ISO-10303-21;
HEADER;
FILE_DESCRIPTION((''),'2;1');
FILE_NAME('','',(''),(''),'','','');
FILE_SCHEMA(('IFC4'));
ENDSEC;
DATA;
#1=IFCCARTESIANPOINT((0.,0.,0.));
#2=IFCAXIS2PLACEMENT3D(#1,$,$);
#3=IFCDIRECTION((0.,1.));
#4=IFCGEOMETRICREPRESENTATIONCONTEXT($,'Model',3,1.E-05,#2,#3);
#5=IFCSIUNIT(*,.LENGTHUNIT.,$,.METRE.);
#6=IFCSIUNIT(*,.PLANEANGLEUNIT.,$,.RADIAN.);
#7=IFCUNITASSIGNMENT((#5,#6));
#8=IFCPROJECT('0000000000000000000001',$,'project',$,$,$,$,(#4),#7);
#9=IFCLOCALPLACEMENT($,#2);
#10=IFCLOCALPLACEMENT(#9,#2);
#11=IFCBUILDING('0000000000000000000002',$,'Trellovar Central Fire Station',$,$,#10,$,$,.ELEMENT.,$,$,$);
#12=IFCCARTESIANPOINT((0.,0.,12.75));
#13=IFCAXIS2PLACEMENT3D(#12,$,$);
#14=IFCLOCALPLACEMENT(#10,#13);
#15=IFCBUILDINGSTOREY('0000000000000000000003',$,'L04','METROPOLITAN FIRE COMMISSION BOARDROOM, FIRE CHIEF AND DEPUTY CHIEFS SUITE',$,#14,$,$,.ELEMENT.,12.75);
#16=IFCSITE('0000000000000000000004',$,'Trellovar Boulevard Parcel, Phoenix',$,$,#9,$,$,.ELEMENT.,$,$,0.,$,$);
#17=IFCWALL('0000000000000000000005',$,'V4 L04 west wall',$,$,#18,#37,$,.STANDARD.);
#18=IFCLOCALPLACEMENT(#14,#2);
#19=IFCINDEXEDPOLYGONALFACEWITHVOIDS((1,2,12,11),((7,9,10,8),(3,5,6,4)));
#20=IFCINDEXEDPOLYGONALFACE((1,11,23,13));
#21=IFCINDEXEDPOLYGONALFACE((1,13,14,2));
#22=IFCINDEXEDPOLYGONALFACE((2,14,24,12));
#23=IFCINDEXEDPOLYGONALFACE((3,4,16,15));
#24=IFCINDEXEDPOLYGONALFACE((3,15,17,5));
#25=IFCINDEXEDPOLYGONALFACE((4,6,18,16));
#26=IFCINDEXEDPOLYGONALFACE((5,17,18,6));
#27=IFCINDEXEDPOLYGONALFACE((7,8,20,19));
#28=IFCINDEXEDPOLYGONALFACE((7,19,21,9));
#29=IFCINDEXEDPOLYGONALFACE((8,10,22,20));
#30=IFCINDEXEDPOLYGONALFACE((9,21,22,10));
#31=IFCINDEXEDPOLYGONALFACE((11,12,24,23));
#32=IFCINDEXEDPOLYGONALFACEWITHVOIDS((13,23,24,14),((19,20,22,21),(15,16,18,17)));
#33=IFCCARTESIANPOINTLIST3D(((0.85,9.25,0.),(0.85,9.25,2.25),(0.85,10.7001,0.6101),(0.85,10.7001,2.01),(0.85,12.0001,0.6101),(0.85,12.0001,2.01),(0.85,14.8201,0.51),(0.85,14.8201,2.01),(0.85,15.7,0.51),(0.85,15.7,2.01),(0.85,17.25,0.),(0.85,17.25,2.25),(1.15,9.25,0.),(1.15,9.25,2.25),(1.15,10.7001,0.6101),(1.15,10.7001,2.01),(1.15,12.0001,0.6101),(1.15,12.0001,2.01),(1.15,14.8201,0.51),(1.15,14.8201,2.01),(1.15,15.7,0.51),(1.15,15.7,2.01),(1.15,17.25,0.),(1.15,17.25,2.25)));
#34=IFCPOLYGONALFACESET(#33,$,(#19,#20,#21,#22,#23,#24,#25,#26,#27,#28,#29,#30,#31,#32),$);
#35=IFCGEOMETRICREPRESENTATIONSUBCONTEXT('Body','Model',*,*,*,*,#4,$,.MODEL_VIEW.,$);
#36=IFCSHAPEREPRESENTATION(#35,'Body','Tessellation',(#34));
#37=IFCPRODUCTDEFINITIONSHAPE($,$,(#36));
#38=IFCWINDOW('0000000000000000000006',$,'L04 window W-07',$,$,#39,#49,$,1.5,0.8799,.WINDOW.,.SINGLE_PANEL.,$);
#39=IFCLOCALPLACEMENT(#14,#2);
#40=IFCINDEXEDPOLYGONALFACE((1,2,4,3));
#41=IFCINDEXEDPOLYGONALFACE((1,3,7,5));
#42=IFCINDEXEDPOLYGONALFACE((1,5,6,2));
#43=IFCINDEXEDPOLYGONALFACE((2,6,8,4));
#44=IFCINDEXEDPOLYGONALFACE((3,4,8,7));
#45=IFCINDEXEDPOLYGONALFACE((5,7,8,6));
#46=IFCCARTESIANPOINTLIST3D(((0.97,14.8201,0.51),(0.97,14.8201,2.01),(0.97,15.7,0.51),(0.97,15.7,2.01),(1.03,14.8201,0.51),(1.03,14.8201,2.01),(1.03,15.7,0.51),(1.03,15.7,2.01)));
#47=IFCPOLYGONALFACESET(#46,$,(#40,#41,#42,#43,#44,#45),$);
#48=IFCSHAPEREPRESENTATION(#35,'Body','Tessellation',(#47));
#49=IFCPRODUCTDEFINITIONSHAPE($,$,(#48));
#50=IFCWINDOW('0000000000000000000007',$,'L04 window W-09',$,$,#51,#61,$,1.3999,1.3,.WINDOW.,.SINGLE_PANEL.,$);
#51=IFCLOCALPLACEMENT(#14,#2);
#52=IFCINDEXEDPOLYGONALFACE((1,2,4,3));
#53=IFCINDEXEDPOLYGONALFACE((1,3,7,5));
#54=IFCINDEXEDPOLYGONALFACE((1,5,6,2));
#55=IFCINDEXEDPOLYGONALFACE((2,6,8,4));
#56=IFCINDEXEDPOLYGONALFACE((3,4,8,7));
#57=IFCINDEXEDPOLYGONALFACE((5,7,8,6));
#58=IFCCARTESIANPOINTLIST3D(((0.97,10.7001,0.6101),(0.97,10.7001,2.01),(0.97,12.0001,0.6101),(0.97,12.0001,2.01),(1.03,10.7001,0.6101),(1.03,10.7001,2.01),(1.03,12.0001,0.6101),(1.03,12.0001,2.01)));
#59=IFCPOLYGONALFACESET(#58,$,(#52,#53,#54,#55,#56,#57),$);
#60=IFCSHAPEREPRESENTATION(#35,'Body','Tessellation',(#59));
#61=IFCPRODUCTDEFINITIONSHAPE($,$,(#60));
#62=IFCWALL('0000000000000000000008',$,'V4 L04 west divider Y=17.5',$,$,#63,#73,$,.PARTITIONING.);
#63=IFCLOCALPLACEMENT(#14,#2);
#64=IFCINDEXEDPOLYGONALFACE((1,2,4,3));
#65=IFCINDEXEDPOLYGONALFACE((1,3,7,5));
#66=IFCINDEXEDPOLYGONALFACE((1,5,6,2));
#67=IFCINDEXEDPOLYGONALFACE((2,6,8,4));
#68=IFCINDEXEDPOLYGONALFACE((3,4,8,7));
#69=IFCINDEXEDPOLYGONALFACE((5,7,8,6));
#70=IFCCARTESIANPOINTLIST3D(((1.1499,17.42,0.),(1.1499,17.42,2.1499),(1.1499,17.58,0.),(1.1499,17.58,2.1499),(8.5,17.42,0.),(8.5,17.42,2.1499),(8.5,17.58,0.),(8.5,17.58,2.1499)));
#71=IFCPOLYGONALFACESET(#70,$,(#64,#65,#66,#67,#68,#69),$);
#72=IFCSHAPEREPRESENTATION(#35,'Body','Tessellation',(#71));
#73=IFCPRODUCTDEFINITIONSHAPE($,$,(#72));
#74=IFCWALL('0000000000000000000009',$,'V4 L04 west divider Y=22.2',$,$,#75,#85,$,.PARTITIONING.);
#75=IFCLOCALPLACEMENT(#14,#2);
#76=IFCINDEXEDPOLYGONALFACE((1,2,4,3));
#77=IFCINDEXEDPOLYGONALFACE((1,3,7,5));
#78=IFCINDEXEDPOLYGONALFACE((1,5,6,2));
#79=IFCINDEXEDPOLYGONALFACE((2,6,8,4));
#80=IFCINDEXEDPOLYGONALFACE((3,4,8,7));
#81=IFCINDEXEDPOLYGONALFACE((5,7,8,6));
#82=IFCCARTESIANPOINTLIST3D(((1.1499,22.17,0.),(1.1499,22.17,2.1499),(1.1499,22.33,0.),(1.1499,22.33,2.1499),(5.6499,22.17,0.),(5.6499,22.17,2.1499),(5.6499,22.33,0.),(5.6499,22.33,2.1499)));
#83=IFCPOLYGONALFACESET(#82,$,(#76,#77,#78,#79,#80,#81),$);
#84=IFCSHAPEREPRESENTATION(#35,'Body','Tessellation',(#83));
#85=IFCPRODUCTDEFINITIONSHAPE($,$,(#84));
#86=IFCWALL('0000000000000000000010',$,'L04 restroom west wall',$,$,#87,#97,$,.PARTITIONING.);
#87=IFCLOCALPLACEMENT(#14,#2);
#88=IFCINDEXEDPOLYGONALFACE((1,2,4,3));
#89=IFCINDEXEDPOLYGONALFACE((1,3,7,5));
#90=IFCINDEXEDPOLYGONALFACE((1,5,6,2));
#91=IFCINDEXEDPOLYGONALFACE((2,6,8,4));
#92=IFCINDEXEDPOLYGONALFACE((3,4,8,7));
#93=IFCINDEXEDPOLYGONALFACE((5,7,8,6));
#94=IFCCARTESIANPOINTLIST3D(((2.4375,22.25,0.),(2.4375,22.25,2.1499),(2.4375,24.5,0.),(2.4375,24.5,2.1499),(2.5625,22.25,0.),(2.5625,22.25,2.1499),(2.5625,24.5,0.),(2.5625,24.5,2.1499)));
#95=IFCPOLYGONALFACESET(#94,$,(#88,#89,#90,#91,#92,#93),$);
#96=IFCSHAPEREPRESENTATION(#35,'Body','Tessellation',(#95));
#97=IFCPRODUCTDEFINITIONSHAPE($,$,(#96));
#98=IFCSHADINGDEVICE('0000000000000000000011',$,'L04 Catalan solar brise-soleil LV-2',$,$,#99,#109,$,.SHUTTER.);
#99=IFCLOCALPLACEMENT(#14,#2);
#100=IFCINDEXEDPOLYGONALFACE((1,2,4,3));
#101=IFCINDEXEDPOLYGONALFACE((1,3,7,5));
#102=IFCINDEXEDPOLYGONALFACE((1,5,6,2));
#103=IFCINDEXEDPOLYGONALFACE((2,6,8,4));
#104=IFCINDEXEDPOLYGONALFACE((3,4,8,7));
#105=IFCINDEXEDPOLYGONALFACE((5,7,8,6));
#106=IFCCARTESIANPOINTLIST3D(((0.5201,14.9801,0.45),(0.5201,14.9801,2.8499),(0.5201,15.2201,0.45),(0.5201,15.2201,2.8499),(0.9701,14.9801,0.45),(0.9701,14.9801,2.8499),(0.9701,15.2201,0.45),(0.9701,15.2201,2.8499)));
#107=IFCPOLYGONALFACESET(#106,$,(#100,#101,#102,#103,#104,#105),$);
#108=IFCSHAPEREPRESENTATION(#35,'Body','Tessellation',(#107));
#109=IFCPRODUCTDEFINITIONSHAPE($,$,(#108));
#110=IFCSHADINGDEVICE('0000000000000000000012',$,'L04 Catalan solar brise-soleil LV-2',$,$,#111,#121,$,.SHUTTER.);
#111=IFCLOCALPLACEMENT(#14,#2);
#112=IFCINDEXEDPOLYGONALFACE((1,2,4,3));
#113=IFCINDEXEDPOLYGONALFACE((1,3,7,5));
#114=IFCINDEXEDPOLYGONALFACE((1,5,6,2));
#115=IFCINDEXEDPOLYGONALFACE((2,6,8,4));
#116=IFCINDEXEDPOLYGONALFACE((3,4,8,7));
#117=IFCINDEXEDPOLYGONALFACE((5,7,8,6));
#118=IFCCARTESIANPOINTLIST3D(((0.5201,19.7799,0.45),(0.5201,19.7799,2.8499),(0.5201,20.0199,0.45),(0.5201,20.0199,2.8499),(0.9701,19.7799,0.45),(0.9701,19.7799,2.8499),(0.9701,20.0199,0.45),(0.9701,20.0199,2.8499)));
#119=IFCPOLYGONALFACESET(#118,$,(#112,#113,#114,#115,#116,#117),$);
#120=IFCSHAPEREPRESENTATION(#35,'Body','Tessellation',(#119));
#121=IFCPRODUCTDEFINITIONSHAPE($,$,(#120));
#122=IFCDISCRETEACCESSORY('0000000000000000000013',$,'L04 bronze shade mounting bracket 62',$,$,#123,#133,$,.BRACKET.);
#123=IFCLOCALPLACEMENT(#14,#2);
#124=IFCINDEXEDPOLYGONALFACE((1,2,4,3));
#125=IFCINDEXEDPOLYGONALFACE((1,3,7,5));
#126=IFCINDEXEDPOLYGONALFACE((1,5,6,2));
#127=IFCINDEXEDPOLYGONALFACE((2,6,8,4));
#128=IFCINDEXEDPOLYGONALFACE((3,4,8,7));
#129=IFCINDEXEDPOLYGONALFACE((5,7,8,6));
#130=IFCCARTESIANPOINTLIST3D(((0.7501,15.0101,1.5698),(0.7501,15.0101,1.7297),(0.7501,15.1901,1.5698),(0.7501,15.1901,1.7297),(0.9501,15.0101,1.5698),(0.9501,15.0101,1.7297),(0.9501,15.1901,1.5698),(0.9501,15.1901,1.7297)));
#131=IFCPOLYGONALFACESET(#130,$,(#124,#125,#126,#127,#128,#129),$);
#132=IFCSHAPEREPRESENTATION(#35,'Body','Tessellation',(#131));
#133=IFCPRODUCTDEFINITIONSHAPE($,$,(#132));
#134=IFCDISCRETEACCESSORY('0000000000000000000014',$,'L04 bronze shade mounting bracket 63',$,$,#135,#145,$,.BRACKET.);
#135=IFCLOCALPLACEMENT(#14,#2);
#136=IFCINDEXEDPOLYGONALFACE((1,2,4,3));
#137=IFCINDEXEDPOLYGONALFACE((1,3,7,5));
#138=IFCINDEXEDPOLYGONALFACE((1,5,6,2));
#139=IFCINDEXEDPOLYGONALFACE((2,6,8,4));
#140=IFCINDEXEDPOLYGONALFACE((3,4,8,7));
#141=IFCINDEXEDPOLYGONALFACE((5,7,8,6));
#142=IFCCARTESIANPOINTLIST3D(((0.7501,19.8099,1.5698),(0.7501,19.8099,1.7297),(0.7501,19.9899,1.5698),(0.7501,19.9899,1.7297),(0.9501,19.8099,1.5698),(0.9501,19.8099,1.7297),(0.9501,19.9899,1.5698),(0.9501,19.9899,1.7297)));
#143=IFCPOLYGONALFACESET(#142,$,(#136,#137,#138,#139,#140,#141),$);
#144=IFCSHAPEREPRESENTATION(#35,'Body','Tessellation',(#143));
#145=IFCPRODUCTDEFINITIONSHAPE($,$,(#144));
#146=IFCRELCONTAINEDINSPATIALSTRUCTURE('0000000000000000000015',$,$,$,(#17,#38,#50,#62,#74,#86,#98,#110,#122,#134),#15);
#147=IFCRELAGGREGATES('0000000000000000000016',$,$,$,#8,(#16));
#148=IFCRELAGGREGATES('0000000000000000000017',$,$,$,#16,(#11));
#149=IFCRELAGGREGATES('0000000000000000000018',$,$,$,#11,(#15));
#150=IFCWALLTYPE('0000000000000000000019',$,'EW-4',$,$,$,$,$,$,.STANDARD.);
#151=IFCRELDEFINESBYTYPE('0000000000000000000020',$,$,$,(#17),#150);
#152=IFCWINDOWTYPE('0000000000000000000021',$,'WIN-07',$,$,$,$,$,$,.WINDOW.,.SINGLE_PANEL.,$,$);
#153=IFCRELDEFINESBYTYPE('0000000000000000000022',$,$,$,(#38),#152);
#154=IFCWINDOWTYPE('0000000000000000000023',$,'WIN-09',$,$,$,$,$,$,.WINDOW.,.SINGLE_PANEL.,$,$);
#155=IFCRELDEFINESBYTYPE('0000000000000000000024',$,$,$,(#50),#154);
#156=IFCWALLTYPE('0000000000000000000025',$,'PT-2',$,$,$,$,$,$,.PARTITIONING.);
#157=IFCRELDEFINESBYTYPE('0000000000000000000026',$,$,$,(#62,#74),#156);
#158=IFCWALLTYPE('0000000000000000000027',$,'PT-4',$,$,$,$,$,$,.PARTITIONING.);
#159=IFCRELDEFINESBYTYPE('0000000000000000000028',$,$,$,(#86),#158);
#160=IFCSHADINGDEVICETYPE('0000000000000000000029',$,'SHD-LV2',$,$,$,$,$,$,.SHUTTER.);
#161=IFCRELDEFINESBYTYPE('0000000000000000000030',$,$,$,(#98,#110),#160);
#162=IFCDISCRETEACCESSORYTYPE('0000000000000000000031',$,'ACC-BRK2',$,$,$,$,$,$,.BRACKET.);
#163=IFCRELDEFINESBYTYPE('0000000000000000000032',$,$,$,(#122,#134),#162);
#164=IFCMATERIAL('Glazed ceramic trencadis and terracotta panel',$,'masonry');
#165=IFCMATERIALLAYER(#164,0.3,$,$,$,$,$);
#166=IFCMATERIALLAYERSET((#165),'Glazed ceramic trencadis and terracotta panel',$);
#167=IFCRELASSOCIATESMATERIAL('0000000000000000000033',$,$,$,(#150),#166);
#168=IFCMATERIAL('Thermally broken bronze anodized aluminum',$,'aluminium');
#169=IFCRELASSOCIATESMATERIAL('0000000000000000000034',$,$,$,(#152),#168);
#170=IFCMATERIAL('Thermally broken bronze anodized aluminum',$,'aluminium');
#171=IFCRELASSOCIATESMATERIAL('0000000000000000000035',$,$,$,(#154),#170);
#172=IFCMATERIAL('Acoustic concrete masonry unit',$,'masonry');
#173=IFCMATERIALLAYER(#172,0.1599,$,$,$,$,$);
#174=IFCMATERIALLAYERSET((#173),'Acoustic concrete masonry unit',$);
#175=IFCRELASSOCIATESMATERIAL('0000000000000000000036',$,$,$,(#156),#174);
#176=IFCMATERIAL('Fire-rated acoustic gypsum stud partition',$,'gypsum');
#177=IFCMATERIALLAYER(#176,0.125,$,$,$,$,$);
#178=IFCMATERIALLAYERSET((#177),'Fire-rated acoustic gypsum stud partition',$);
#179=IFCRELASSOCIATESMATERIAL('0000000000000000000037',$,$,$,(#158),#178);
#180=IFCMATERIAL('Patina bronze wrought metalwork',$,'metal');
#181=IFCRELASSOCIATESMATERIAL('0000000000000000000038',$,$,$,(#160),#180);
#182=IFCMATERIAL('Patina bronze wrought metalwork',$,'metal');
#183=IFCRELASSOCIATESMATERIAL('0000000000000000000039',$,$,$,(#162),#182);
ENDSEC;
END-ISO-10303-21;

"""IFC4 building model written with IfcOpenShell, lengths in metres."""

from ifc_helpers import new_model, si_unit, direction, frame, frame_2d, origin, origin_2d, place, context, subcontext, project, spatial, rectangle, extrude, material, layer, layer_set, type_object, element, fill, save


model = new_model("IFC4")

# Units and contexts
model_context = context("Model", 3, precision=1e-05, world=origin(), true_north=direction((0.0, 1.0)))
body_context = subcontext(model_context, "Body", "Model", "MODEL_VIEW")
ifc_project = project(units=[si_unit("LENGTHUNIT", "METRE"), si_unit("PLANEANGLEUNIT", "RADIAN")], contexts=[model_context])

# Site, building, storey
site_placement = place(None, origin())
site = spatial("IfcSite", under=ifc_project, at=site_placement, Name="Trellovar Boulevard Parcel, Phoenix", CompositionType="ELEMENT", RefElevation=0.0)
building_placement = place(site_placement, origin())
building = spatial("IfcBuilding", under=site, at=building_placement, Name="Trellovar Central Fire Station", CompositionType="ELEMENT")
storey_placement = place(building_placement, frame((0.0, 0.0, 12.75)))
storey = spatial("IfcBuildingStorey", under=building, at=storey_placement, Name="L04", Description="METROPOLITAN FIRE COMMISSION BOARDROOM, FIRE CHIEF AND DEPUTY CHIEFS SUITE", CompositionType="ELEMENT", Elevation=12.75)

# Wall, openings, windows
ifc_material_1 = material(Name="Glazed ceramic trencadis and terracotta panel", Category="masonry")
ifc_layer_1 = layer(ifc_material_1, 0.3)
ifc_layer_set_1 = layer_set([ifc_layer_1], Name="Glazed ceramic trencadis and terracotta panel")
wall_type_1 = type_object("IfcWallType", Name="EW-4", PredefinedType="STANDARD", material=ifc_layer_set_1)
wall_1_placement = place(storey_placement, frame((1.0, 17.25, 0.0), z_axis=(0.0, 0.0, 1.0), x_axis=(0.0, -1.0, 0.0)))
wall_1 = element("IfcWall", 1, at=wall_1_placement, inside=storey, type_object=wall_type_1, Name="V4 L04 west wall", PredefinedType="STANDARD", context=body_context, shape_type="SweptSolid", body=[
    extrude(rectangle(XDim=8.0, YDim=0.3, at=frame_2d((4.0, 0.0))), origin(), (0.0, 0.0, 1.0), 2.25),
])
opening_1_placement = place(wall_1_placement, frame((1.55, 0.0, 0.51)))
opening_1 = element("IfcOpeningElement", 2, at=opening_1_placement, cuts=wall_1, PredefinedType="OPENING", context=body_context, shape_type="SweptSolid", body=[
    extrude(rectangle(XDim=0.8799, YDim=1.5, at=frame_2d((0.4399, 0.75))), frame((0.0, 0.1599, 0.0), z_axis=(0.0, -1.0, 0.0), x_axis=(1.0, 0.0, 0.0)), (0.0, 0.0, 1.0), 0.3201),
])
opening_2_placement = place(wall_1_placement, frame((5.25, 0.0, 0.6101)))
opening_2 = element("IfcOpeningElement", 3, at=opening_2_placement, cuts=wall_1, PredefinedType="OPENING", context=body_context, shape_type="SweptSolid", body=[
    extrude(rectangle(XDim=1.3, YDim=1.3999, at=frame_2d((0.6499, 0.7))), frame((0.0, 0.1599, 0.0), z_axis=(0.0, -1.0, 0.0), x_axis=(1.0, 0.0, 0.0)), (0.0, 0.0, 1.0), 0.3201),
])
ifc_material_2 = material(Name="Thermally broken bronze anodized aluminum", Category="aluminium")
window_type_1 = type_object("IfcWindowType", Name="WIN-07", PartitioningType="SINGLE_PANEL", PredefinedType="WINDOW", material=ifc_material_2)
window_1_placement = place(opening_1_placement, origin())
window_1 = element("IfcWindow", 4, at=window_1_placement, inside=storey, type_object=window_type_1, Name="L04 window W-07", OverallHeight=1.5, OverallWidth=0.8799, PartitioningType="SINGLE_PANEL", PredefinedType="WINDOW", context=body_context, shape_type="SweptSolid", body=[
    extrude(rectangle(XDim=0.8799, YDim=1.5, at=frame_2d((0.4399, 0.75))), frame((0.0, 0.03, 0.0), z_axis=(0.0, -1.0, 0.0), x_axis=(1.0, 0.0, 0.0)), (0.0, 0.0, 1.0), 0.0601),
])
fill(opening_1, window_1)
ifc_material_3 = material(Name="Thermally broken bronze anodized aluminum", Category="aluminium")
window_type_2 = type_object("IfcWindowType", Name="WIN-09", PartitioningType="SINGLE_PANEL", PredefinedType="WINDOW", material=ifc_material_3)
window_2_placement = place(opening_2_placement, origin())
window_2 = element("IfcWindow", 5, at=window_2_placement, inside=storey, type_object=window_type_2, Name="L04 window W-09", OverallHeight=1.3999, OverallWidth=1.3, PartitioningType="SINGLE_PANEL", PredefinedType="WINDOW", context=body_context, shape_type="SweptSolid", body=[
    extrude(rectangle(XDim=1.3, YDim=1.3999, at=frame_2d((0.6499, 0.7))), frame((0.0, 0.03, 0.0), z_axis=(0.0, -1.0, 0.0), x_axis=(1.0, 0.0, 0.0)), (0.0, 0.0, 1.0), 0.0601),
])
fill(opening_2, window_2)

# Walls
ifc_material_4 = material(Name="Acoustic concrete masonry unit", Category="masonry")
ifc_layer_2 = layer(ifc_material_4, 0.1599)
ifc_layer_set_2 = layer_set([ifc_layer_2], Name="Acoustic concrete masonry unit")
wall_type_2 = type_object("IfcWallType", Name="PT-2", PredefinedType="PARTITIONING", material=ifc_layer_set_2)
wall_2_placement = place(storey_placement, frame((1.1499, 17.5, 0.0), z_axis=(0.0, 0.0, 1.0), x_axis=(1.0, 0.0, 0.0)))
element("IfcWall", 6, at=wall_2_placement, inside=storey, type_object=wall_type_2, Name="V4 L04 west divider Y=17.5", PredefinedType="PARTITIONING", context=body_context, shape_type="SweptSolid", body=[
    extrude(rectangle(XDim=7.3501, YDim=0.1599, at=frame_2d((3.675, 0.0))), origin(), (0.0, 0.0, 1.0), 2.1499),
])
wall_3_placement = place(storey_placement, frame((1.1499, 22.25, 0.0), z_axis=(0.0, 0.0, 1.0), x_axis=(1.0, 0.0, 0.0)))
element("IfcWall", 7, at=wall_3_placement, inside=storey, type_object=wall_type_2, Name="V4 L04 west divider Y=22.2", PredefinedType="PARTITIONING", context=body_context, shape_type="SweptSolid", body=[
    extrude(rectangle(XDim=4.5, YDim=0.1599, at=frame_2d((2.25, 0.0))), origin(), (0.0, 0.0, 1.0), 2.1499),
])
ifc_material_5 = material(Name="Fire-rated acoustic gypsum stud partition", Category="gypsum")
ifc_layer_3 = layer(ifc_material_5, 0.125)
ifc_layer_set_3 = layer_set([ifc_layer_3], Name="Fire-rated acoustic gypsum stud partition")
wall_type_3 = type_object("IfcWallType", Name="PT-4", PredefinedType="PARTITIONING", material=ifc_layer_set_3)
wall_4_placement = place(storey_placement, frame((2.5, 22.25, 0.0), z_axis=(0.0, 0.0, 1.0), x_axis=(0.0, 1.0, 0.0)))
element("IfcWall", 8, at=wall_4_placement, inside=storey, type_object=wall_type_3, Name="L04 restroom west wall", PredefinedType="PARTITIONING", context=body_context, shape_type="SweptSolid", body=[
    extrude(rectangle(XDim=2.25, YDim=0.125, at=frame_2d((1.125, 0.0))), origin(), (0.0, 0.0, 1.0), 2.1499),
])

# Shading devices
ifc_material_6 = material(Name="Patina bronze wrought metalwork", Category="metal")
shading_device_type = type_object("IfcShadingDeviceType", Name="SHD-LV2", PredefinedType="SHUTTER", material=ifc_material_6)
for number, where, z_axis, x_axis, name in (
    (9, (0.7451, 15.1001, 0.45), (0.0, 0.0, 1.0), (1.0, 0.0, 0.0), "L04 Catalan solar brise-soleil LV-2"),
    (10, (0.7451, 19.8999, 0.45), (0.0, 0.0, 1.0), (1.0, 0.0, 0.0), "L04 Catalan solar brise-soleil LV-2"),
):
    element("IfcShadingDevice", number, at=place(storey_placement, frame(where, z_axis=z_axis, x_axis=x_axis)), inside=storey, type_object=shading_device_type, Name=name, PredefinedType="SHUTTER", context=body_context, shape_type="SweptSolid", body=[
        extrude(rectangle(XDim=0.45, YDim=0.24, at=origin_2d()), origin(), (0.0, 0.0, 1.0), 2.3999),
    ])

# Discrete accessories
ifc_material_7 = material(Name="Patina bronze wrought metalwork", Category="metal")
discrete_accessory_type = type_object("IfcDiscreteAccessoryType", Name="ACC-BRK2", PredefinedType="BRACKET", material=ifc_material_7)
for number, where, z_axis, x_axis, name in (
    (11, (0.8501, 15.1001, 1.5698), (0.0, 0.0, 1.0), (1.0, 0.0, 0.0), "L04 bronze shade mounting bracket 62"),
    (12, (0.8501, 19.8999, 1.5698), (0.0, 0.0, 1.0), (1.0, 0.0, 0.0), "L04 bronze shade mounting bracket 63"),
):
    element("IfcDiscreteAccessory", number, at=place(storey_placement, frame(where, z_axis=z_axis, x_axis=x_axis)), inside=storey, type_object=discrete_accessory_type, Name=name, PredefinedType="BRACKET", context=body_context, shape_type="SweptSolid", body=[
        extrude(rectangle(XDim=0.2, YDim=0.1799, at=origin_2d()), origin(), (0.0, 0.0, 1.0), 0.1599),
    ])

save(model, "model.ifc")
